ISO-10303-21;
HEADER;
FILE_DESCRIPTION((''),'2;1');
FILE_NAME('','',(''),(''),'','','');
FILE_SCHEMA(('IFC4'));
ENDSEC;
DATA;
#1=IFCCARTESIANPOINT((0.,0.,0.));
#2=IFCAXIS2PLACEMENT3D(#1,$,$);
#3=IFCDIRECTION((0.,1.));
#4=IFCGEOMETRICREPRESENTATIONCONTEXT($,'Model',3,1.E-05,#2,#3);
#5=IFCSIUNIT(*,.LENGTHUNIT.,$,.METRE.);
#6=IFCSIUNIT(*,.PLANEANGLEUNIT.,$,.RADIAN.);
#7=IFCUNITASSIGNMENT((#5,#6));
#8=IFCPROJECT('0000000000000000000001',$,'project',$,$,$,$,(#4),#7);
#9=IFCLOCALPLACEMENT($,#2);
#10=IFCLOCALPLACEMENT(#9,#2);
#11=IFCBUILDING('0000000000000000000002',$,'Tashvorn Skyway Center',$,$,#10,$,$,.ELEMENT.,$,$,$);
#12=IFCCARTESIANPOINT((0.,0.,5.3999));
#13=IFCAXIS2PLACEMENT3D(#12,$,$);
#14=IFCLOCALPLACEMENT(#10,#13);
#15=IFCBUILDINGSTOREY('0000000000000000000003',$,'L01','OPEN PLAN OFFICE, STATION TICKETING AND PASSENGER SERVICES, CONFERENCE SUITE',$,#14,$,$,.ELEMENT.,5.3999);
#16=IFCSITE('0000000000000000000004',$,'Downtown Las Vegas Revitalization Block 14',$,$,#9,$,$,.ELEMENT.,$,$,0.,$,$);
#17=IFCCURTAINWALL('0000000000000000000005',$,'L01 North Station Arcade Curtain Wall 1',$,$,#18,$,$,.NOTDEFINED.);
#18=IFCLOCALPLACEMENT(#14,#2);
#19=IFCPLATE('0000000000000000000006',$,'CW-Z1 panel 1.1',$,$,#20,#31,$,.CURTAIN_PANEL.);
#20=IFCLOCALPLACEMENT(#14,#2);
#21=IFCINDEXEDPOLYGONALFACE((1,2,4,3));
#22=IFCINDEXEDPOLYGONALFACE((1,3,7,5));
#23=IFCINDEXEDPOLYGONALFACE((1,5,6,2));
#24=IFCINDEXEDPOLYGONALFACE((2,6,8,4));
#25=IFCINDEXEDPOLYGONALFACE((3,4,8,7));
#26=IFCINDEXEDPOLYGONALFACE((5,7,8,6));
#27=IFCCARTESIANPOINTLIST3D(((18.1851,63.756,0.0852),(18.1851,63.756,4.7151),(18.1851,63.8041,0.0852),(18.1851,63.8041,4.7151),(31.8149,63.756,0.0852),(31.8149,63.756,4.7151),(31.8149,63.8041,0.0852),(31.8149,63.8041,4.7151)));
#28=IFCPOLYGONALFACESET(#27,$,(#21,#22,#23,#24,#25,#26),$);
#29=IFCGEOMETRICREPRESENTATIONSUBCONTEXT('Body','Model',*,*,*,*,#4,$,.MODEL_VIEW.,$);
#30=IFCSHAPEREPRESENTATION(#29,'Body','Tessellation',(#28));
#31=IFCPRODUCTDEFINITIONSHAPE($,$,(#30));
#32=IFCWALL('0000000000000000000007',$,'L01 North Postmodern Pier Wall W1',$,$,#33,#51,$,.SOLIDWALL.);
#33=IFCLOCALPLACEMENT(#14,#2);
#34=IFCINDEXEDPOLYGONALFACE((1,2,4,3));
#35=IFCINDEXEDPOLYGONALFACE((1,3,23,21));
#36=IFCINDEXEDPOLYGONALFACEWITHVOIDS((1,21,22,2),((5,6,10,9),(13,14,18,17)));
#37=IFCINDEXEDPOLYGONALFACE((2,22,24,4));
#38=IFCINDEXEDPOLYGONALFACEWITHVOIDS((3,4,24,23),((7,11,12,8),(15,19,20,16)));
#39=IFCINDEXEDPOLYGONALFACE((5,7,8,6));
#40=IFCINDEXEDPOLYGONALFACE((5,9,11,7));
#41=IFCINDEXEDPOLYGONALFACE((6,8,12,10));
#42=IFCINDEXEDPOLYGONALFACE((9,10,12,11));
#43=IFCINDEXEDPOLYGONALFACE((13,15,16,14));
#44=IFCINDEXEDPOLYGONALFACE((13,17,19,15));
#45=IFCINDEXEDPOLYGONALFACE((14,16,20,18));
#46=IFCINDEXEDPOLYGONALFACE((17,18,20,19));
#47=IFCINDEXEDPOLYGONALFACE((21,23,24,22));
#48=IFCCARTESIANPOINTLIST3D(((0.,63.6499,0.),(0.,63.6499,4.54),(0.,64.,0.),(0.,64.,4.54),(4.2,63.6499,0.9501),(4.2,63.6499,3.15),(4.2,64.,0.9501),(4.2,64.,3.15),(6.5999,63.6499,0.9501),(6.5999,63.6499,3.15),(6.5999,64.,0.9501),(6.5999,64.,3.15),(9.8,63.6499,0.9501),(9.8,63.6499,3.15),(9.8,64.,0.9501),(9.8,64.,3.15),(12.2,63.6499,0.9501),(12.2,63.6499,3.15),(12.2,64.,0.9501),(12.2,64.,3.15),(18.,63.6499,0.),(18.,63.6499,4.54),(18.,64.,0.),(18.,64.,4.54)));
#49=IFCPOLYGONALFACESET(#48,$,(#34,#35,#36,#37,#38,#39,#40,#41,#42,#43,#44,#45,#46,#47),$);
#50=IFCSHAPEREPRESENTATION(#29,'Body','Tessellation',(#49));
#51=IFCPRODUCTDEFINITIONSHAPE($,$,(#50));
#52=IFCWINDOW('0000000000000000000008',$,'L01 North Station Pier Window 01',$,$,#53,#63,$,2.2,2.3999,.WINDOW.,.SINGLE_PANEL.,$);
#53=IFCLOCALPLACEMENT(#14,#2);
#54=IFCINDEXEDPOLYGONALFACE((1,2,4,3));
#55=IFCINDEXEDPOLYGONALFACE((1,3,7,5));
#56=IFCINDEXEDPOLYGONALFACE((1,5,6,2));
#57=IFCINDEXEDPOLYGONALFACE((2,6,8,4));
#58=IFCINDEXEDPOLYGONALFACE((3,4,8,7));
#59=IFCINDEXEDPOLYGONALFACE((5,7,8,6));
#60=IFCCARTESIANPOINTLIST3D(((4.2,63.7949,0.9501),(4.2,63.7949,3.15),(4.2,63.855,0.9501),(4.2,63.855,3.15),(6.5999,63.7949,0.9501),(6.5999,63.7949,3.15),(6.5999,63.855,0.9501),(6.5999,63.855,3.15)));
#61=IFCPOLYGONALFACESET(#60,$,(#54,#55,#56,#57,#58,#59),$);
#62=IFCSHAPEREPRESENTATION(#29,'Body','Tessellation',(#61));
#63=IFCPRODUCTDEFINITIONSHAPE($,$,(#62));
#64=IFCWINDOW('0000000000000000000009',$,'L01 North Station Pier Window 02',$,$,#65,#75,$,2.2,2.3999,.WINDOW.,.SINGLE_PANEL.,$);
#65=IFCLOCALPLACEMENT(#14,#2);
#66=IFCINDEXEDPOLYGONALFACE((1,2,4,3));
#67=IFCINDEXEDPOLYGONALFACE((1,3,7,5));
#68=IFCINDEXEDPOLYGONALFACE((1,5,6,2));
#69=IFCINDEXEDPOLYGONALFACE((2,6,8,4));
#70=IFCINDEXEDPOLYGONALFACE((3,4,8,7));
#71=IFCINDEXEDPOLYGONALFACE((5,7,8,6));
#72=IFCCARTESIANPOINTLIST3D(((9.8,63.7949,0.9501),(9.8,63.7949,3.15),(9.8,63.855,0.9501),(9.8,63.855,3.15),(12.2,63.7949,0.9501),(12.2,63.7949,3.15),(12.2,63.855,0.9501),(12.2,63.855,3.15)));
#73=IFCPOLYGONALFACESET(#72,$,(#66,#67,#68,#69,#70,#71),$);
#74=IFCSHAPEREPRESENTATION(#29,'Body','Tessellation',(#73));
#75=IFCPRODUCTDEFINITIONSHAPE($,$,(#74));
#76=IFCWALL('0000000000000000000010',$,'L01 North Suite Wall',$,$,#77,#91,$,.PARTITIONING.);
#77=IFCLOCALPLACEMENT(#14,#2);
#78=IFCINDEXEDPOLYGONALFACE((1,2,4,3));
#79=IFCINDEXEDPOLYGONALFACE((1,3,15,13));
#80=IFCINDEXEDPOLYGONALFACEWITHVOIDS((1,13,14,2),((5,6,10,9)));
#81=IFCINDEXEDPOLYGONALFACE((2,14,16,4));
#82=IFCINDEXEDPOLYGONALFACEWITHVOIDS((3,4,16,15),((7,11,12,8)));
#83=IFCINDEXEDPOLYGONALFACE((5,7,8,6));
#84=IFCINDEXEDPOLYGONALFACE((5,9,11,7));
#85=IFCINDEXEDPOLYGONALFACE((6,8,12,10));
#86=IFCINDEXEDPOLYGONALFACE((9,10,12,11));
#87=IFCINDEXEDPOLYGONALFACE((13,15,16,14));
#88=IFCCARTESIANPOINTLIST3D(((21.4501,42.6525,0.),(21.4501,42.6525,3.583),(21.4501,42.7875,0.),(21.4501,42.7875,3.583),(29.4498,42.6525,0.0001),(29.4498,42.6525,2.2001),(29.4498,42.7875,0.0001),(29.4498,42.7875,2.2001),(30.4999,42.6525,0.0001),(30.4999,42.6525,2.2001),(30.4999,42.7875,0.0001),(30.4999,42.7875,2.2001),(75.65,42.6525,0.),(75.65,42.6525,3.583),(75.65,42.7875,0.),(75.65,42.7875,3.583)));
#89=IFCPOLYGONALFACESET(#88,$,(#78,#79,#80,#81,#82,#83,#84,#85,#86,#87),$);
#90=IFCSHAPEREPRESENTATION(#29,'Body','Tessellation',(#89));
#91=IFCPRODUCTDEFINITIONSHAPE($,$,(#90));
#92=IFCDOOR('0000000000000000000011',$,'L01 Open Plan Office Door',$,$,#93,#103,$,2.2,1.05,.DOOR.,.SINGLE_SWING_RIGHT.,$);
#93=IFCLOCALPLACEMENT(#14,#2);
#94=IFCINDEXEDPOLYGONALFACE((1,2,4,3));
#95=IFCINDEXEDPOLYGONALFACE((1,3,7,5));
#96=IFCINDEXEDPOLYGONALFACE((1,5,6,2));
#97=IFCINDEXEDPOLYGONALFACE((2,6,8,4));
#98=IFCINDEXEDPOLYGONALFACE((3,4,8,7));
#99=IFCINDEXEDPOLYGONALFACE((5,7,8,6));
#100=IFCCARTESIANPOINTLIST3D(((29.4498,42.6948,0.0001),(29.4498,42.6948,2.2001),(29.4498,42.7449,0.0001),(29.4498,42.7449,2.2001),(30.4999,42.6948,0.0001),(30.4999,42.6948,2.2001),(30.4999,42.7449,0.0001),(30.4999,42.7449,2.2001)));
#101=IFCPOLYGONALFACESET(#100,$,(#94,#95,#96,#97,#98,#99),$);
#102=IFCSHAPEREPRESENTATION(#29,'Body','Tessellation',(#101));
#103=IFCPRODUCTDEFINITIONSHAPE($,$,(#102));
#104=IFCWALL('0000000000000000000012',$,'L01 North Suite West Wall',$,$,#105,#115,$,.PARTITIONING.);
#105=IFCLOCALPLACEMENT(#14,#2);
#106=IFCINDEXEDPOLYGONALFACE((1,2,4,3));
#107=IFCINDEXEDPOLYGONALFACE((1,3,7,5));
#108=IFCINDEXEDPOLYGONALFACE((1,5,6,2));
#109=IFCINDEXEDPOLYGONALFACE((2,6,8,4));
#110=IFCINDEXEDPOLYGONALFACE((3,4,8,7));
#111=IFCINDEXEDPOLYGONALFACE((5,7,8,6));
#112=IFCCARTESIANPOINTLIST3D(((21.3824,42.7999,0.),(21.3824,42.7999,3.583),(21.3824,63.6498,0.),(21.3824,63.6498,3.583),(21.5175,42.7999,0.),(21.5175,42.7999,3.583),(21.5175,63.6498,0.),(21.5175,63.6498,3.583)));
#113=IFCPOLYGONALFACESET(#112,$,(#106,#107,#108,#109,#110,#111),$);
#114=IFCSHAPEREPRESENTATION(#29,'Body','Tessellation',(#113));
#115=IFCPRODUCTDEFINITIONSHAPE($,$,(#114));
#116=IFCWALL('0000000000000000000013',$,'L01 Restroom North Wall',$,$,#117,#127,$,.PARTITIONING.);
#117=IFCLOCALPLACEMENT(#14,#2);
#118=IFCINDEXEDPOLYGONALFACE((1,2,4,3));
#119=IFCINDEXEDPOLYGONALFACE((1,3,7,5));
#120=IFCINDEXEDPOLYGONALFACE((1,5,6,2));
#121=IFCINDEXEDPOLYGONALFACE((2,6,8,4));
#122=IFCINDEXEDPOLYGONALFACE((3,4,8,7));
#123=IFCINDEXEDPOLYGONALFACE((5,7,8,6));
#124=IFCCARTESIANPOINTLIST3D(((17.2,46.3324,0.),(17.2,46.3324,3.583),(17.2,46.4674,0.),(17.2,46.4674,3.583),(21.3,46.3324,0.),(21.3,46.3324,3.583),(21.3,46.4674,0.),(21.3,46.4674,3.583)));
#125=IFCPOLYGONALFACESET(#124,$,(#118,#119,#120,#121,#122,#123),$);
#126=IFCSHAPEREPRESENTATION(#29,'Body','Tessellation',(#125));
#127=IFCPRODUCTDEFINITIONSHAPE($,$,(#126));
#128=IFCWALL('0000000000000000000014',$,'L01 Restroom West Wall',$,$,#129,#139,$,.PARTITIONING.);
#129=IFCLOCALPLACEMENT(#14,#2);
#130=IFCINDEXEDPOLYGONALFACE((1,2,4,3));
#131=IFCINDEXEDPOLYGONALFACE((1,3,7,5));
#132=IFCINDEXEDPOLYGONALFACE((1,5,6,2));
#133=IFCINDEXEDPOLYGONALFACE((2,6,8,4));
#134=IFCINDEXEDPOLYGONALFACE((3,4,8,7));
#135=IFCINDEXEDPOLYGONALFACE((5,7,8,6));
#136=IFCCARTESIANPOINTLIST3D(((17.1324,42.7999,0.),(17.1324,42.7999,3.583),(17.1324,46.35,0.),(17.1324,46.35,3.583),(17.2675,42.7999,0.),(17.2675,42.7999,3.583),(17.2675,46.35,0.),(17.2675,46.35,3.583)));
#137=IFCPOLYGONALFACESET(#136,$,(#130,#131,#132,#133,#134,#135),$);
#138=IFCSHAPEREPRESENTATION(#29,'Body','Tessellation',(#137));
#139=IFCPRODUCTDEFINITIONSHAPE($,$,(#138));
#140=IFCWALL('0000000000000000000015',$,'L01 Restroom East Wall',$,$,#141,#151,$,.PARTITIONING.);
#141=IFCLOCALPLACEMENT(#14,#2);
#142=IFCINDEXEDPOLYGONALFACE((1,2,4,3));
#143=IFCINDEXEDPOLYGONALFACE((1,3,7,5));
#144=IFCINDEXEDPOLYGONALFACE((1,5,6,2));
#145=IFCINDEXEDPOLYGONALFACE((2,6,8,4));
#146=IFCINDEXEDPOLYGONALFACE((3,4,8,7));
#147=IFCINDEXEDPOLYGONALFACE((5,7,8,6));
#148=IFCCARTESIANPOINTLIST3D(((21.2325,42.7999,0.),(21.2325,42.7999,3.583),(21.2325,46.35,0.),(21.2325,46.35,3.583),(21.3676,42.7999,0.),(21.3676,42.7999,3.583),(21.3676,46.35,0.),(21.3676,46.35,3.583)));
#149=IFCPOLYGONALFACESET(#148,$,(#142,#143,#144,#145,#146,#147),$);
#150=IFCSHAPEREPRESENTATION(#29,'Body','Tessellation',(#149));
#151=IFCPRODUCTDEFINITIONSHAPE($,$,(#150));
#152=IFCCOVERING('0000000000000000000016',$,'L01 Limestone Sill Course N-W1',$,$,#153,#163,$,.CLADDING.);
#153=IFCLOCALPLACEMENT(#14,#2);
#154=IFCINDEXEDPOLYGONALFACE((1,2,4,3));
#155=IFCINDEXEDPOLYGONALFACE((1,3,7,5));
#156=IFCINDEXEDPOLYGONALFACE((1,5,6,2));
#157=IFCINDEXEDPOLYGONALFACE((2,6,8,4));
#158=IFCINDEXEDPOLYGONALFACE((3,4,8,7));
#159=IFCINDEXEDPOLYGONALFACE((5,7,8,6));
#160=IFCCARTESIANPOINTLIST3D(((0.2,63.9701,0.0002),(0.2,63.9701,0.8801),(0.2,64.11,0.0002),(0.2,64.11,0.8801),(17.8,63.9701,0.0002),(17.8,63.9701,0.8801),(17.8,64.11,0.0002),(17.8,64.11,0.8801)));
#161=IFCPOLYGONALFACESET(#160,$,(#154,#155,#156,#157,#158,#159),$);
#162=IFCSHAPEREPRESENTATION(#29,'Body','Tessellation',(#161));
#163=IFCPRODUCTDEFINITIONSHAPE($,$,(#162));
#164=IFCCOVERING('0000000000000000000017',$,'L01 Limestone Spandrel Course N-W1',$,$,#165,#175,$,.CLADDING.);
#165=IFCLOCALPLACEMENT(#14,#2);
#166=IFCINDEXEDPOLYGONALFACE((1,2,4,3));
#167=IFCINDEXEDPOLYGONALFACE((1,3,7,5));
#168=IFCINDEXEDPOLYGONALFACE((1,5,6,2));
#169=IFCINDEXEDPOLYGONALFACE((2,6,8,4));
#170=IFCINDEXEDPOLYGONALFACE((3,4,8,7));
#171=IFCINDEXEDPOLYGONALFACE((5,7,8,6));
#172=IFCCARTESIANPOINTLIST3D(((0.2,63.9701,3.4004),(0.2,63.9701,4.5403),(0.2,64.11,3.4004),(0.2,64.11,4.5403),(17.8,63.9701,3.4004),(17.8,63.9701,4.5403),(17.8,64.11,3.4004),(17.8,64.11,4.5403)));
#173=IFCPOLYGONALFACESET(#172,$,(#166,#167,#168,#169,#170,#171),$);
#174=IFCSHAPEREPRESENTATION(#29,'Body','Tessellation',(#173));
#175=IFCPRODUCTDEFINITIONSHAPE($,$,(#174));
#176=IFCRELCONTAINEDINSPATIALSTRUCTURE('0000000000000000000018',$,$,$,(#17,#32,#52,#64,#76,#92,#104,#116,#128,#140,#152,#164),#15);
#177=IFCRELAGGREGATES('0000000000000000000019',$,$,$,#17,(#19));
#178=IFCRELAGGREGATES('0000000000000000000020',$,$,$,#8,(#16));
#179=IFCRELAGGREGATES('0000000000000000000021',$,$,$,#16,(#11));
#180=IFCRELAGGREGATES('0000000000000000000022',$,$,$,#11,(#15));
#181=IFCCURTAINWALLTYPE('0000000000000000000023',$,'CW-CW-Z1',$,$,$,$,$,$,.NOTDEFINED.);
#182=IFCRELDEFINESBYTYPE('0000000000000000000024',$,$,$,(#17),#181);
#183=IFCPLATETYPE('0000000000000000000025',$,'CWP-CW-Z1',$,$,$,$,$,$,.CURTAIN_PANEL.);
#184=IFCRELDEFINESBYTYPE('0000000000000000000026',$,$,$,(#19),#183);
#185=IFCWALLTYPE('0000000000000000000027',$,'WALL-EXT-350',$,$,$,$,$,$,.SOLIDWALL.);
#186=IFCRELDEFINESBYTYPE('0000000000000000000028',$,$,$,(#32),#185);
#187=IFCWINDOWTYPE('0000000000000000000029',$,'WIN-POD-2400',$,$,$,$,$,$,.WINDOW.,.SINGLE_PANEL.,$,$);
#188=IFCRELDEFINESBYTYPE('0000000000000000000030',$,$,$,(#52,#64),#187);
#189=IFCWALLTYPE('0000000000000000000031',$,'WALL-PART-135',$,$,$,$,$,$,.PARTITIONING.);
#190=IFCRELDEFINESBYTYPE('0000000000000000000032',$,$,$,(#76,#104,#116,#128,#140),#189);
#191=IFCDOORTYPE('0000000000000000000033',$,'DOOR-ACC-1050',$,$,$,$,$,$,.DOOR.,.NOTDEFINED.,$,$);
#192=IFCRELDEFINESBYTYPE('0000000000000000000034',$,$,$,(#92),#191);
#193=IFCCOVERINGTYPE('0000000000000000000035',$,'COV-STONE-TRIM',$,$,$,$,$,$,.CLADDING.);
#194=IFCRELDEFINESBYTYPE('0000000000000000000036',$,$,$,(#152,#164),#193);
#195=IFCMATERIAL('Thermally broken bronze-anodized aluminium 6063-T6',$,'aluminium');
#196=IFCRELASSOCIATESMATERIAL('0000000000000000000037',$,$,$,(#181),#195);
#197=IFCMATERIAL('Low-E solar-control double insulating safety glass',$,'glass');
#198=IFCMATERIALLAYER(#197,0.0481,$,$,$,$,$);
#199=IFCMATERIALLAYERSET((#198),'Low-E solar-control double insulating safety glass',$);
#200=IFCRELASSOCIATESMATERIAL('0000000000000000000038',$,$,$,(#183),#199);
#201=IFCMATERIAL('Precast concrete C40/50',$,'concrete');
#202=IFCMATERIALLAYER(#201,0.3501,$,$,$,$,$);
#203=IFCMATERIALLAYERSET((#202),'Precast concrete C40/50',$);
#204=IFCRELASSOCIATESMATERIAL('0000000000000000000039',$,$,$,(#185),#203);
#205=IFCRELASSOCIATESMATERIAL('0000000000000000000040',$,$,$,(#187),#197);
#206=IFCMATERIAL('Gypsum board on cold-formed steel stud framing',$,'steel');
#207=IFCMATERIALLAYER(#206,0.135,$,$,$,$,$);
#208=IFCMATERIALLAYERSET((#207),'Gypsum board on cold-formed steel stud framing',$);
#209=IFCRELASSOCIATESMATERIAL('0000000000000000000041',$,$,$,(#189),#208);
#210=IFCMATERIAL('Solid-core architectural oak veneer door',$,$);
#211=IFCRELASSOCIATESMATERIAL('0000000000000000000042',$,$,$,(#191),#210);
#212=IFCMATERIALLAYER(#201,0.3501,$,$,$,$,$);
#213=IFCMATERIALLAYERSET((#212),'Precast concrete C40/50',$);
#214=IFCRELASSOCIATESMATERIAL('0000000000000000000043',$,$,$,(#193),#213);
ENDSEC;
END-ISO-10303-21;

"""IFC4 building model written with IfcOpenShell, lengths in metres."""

from ifc_helpers import new_model, si_unit, direction, frame, frame_2d, origin, origin_2d, place, context, subcontext, project, spatial, rectangle, extrude, material, layer, layer_set, type_object, element, fill, aggregate, save


model = new_model("IFC4")

# Units and contexts
model_context = context("Model", 3, precision=1e-05, world=origin(), true_north=direction((0.0, 1.0)))
body_context = subcontext(model_context, "Body", "Model", "MODEL_VIEW")
ifc_project = project(units=[si_unit("LENGTHUNIT", "METRE"), si_unit("PLANEANGLEUNIT", "RADIAN")], contexts=[model_context])

# Site, building, storey
site_placement = place(None, origin())
site = spatial("IfcSite", under=ifc_project, at=site_placement, Name="Downtown Las Vegas Revitalization Block 14", CompositionType="ELEMENT", RefElevation=0.0)
building_placement = place(site_placement, origin())
building = spatial("IfcBuilding", under=site, at=building_placement, Name="Tashvorn Skyway Center", CompositionType="ELEMENT")
storey_placement = place(building_placement, frame((0.0, 0.0, 5.3999)))
storey = spatial("IfcBuildingStorey", under=building, at=storey_placement, Name="L01", Description="OPEN PLAN OFFICE, STATION TICKETING AND PASSENGER SERVICES, CONFERENCE SUITE", CompositionType="ELEMENT", Elevation=5.3999)

# Shared definitions
ifc_material_1 = material(Name="Precast concrete C40/50", Category="concrete")

# Curtain wall, plate
ifc_material_2 = material(Name="Thermally broken bronze-anodized aluminium 6063-T6", Category="aluminium")
curtain_wall_type = type_object("IfcCurtainWallType", Name="CW-CW-Z1", PredefinedType="NOTDEFINED", material=ifc_material_2)
curtain_wall_placement = place(storey_placement, origin())
curtain_wall = element("IfcCurtainWall", 1, at=curtain_wall_placement, inside=storey, type_object=curtain_wall_type, Name="L01 North Station Arcade Curtain Wall 1", PredefinedType="NOTDEFINED")
ifc_material_3 = material(Name="Low-E solar-control double insulating safety glass", Category="glass")
ifc_layer_1 = layer(ifc_material_3, 0.0481)
ifc_layer_set_1 = layer_set([ifc_layer_1], Name="Low-E solar-control double insulating safety glass")
plate_type = type_object("IfcPlateType", Name="CWP-CW-Z1", PredefinedType="CURTAIN_PANEL", material=ifc_layer_set_1)
plate_placement = place(storey_placement, frame((25.0, 63.78, 0.0852), z_axis=(0.0, 0.0, 1.0), x_axis=(1.0, 0.0, 0.0)))
plate = element("IfcPlate", 2, at=plate_placement, type_object=plate_type, Name="CW-Z1 panel 1.1", PredefinedType="CURTAIN_PANEL", context=body_context, shape_type="SweptSolid", body=[
    extrude(rectangle(XDim=13.6299, YDim=0.0481, at=origin_2d()), origin(), (0.0, 0.0, 1.0), 4.6299),
])
aggregate(curtain_wall, [plate])

# Wall, openings, windows
ifc_layer_2 = layer(ifc_material_1, 0.3501)
ifc_layer_set_2 = layer_set([ifc_layer_2], Name="Precast concrete C40/50")
wall_type_1 = type_object("IfcWallType", Name="WALL-EXT-350", PredefinedType="SOLIDWALL", material=ifc_layer_set_2)
wall_1_placement = place(storey_placement, frame((0.0, 63.825, 0.0), z_axis=(0.0, 0.0, 1.0), x_axis=(1.0, 0.0, 0.0)))
wall_1 = element("IfcWall", 3, at=wall_1_placement, inside=storey, type_object=wall_type_1, Name="L01 North Postmodern Pier Wall W1", PredefinedType="SOLIDWALL", context=body_context, shape_type="SweptSolid", body=[
    extrude(rectangle(XDim=18.0, YDim=0.3501, at=frame_2d((9.0, 0.0))), origin(), (0.0, 0.0, 1.0), 4.54),
])
opening_1_placement = place(wall_1_placement, frame((4.2, 0.0, 0.95)))
opening_1 = element("IfcOpeningElement", 4, at=opening_1_placement, cuts=wall_1, PredefinedType="OPENING", context=body_context, shape_type="SweptSolid", body=[
    extrude(rectangle(XDim=2.3999, YDim=2.2, at=frame_2d((1.2, 1.1001))), frame((0.0, 0.1851, 0.0), z_axis=(0.0, -1.0, 0.0), x_axis=(1.0, 0.0, 0.0)), (0.0, 0.0, 1.0), 0.3701),
])
opening_2_placement = place(wall_1_placement, frame((9.8, 0.0, 0.95)))
opening_2 = element("IfcOpeningElement", 5, at=opening_2_placement, cuts=wall_1, PredefinedType="OPENING", context=body_context, shape_type="SweptSolid", body=[
    extrude(rectangle(XDim=2.3999, YDim=2.2, at=frame_2d((1.2, 1.1001))), frame((0.0, 0.1851, 0.0), z_axis=(0.0, -1.0, 0.0), x_axis=(1.0, 0.0, 0.0)), (0.0, 0.0, 1.0), 0.3701),
])
window_type = type_object("IfcWindowType", Name="WIN-POD-2400", PartitioningType="SINGLE_PANEL", PredefinedType="WINDOW", material=ifc_material_3)
window_1_placement = place(opening_1_placement, origin())
window_1 = element("IfcWindow", 6, at=window_1_placement, inside=storey, type_object=window_type, Name="L01 North Station Pier Window 01", OverallHeight=2.2, OverallWidth=2.3999, PartitioningType="SINGLE_PANEL", PredefinedType="WINDOW", context=body_context, shape_type="SweptSolid", body=[
    extrude(rectangle(XDim=2.3999, YDim=2.2, at=frame_2d((1.2, 1.1001))), frame((0.0, 0.03, 0.0), z_axis=(0.0, -1.0, 0.0), x_axis=(1.0, 0.0, 0.0)), (0.0, 0.0, 1.0), 0.0601),
])
fill(opening_1, window_1)
window_2_placement = place(opening_2_placement, origin())
window_2 = element("IfcWindow", 7, at=window_2_placement, inside=storey, type_object=window_type, Name="L01 North Station Pier Window 02", OverallHeight=2.2, OverallWidth=2.3999, PartitioningType="SINGLE_PANEL", PredefinedType="WINDOW", context=body_context, shape_type="SweptSolid", body=[
    extrude(rectangle(XDim=2.3999, YDim=2.2, at=frame_2d((1.2, 1.1001))), frame((0.0, 0.03, 0.0), z_axis=(0.0, -1.0, 0.0), x_axis=(1.0, 0.0, 0.0)), (0.0, 0.0, 1.0), 0.0601),
])
fill(opening_2, window_2)

# Wall, opening, door
ifc_material_4 = material(Name="Gypsum board on cold-formed steel stud framing", Category="steel")
ifc_layer_3 = layer(ifc_material_4, 0.135)
ifc_layer_set_3 = layer_set([ifc_layer_3], Name="Gypsum board on cold-formed steel stud framing")
wall_type_2 = type_object("IfcWallType", Name="WALL-PART-135", PredefinedType="PARTITIONING", material=ifc_layer_set_3)
wall_2_placement = place(storey_placement, frame((21.45, 42.72, 0.0), z_axis=(0.0, 0.0, 1.0), x_axis=(1.0, 0.0, 0.0)))
wall_2 = element("IfcWall", 8, at=wall_2_placement, inside=storey, type_object=wall_type_2, Name="L01 North Suite Wall", PredefinedType="PARTITIONING", context=body_context, shape_type="SweptSolid", body=[
    extrude(rectangle(XDim=54.2, YDim=0.135, at=frame_2d((27.1001, 0.0))), origin(), (0.0, 0.0, 1.0), 3.583),
])
opening_3_placement = place(wall_2_placement, frame((8.0, 0.0, 0.0)))
opening_3 = element("IfcOpeningElement", 9, at=opening_3_placement, cuts=wall_2, PredefinedType="OPENING", context=body_context, shape_type="SweptSolid", body=[
    extrude(rectangle(XDim=1.05, YDim=2.2, at=frame_2d((0.5249, 1.1001))), frame((0.0, 0.0774, 0.0), z_axis=(0.0, -1.0, 0.0), x_axis=(1.0, 0.0, 0.0)), (0.0, 0.0, 1.0), 0.155),
])
ifc_material_5 = material(Name="Solid-core architectural oak veneer door")
door_type = type_object("IfcDoorType", Name="DOOR-ACC-1050", OperationType="NOTDEFINED", PredefinedType="DOOR", material=ifc_material_5)
door_placement = place(opening_3_placement, origin())
door = element("IfcDoor", 10, at=door_placement, inside=storey, type_object=door_type, Name="L01 Open Plan Office Door", OperationType="SINGLE_SWING_RIGHT", OverallHeight=2.2, OverallWidth=1.05, PredefinedType="DOOR", context=body_context, shape_type="SweptSolid", body=[
    extrude(rectangle(XDim=1.05, YDim=2.2, at=frame_2d((0.5249, 1.1001))), frame((0.0, 0.0249, 0.0), z_axis=(0.0, -1.0, 0.0), x_axis=(1.0, 0.0, 0.0)), (0.0, 0.0, 1.0), 0.05),
])
fill(opening_3, door)

# Walls
wall_3_placement = place(storey_placement, frame((21.45, 42.8, 0.0), z_axis=(0.0, 0.0, 1.0), x_axis=(0.0, 1.0, 0.0)))
element("IfcWall", 11, at=wall_3_placement, inside=storey, type_object=wall_type_2, Name="L01 North Suite West Wall", PredefinedType="PARTITIONING", context=body_context, shape_type="SweptSolid", body=[
    extrude(rectangle(XDim=20.8499, YDim=0.135, at=frame_2d((10.4248, 0.0))), origin(), (0.0, 0.0, 1.0), 3.583),
])
wall_4_placement = place(storey_placement, frame((17.2, 46.3999, 0.0), z_axis=(0.0, 0.0, 1.0), x_axis=(1.0, 0.0, 0.0)))
element("IfcWall", 12, at=wall_4_placement, inside=storey, type_object=wall_type_2, Name="L01 Restroom North Wall", PredefinedType="PARTITIONING", context=body_context, shape_type="SweptSolid", body=[
    extrude(rectangle(XDim=4.1001, YDim=0.135, at=frame_2d((2.05, 0.0))), origin(), (0.0, 0.0, 1.0), 3.583),
])
for number, where, z_axis, x_axis, name in (
    (13, (17.2, 42.8, 0.0), (0.0, 0.0, 1.0), (0.0, 1.0, 0.0), "L01 Restroom West Wall"),
    (14, (21.3, 42.8, 0.0), (0.0, 0.0, 1.0), (0.0, 1.0, 0.0), "L01 Restroom East Wall"),
):
    element("IfcWall", number, at=place(storey_placement, frame(where, z_axis=z_axis, x_axis=x_axis)), inside=storey, type_object=wall_type_2, Name=name, PredefinedType="PARTITIONING", context=body_context, shape_type="SweptSolid", body=[
        extrude(rectangle(XDim=3.55, YDim=0.135, at=frame_2d((1.7749, 0.0))), origin(), (0.0, 0.0, 1.0), 3.583),
    ])

# Coverings
ifc_layer_4 = layer(ifc_material_1, 0.3501)
ifc_layer_set_4 = layer_set([ifc_layer_4], Name="Precast concrete C40/50")
covering_type = type_object("IfcCoveringType", Name="COV-STONE-TRIM", PredefinedType="CLADDING", material=ifc_layer_set_4)
covering_1_placement = place(storey_placement, frame((9.0, 64.04, 0.0002), z_axis=(0.0, 0.0, 1.0), x_axis=(1.0, 0.0, 0.0)))
element("IfcCovering", 15, at=covering_1_placement, inside=storey, type_object=covering_type, Name="L01 Limestone Sill Course N-W1", PredefinedType="CLADDING", context=body_context, shape_type="SweptSolid", body=[
    extrude(rectangle(XDim=17.6001, YDim=0.1399, at=origin_2d()), origin(), (0.0, 0.0, 1.0), 0.8799),
])
covering_2_placement = place(storey_placement, frame((9.0, 64.04, 3.4004), z_axis=(0.0, 0.0, 1.0), x_axis=(1.0, 0.0, 0.0)))
element("IfcCovering", 16, at=covering_2_placement, inside=storey, type_object=covering_type, Name="L01 Limestone Spandrel Course N-W1", PredefinedType="CLADDING", context=body_context, shape_type="SweptSolid", body=[
    extrude(rectangle(XDim=17.6001, YDim=0.1399, at=origin_2d()), origin(), (0.0, 0.0, 1.0), 1.1399),
])

save(model, "model.ifc")
